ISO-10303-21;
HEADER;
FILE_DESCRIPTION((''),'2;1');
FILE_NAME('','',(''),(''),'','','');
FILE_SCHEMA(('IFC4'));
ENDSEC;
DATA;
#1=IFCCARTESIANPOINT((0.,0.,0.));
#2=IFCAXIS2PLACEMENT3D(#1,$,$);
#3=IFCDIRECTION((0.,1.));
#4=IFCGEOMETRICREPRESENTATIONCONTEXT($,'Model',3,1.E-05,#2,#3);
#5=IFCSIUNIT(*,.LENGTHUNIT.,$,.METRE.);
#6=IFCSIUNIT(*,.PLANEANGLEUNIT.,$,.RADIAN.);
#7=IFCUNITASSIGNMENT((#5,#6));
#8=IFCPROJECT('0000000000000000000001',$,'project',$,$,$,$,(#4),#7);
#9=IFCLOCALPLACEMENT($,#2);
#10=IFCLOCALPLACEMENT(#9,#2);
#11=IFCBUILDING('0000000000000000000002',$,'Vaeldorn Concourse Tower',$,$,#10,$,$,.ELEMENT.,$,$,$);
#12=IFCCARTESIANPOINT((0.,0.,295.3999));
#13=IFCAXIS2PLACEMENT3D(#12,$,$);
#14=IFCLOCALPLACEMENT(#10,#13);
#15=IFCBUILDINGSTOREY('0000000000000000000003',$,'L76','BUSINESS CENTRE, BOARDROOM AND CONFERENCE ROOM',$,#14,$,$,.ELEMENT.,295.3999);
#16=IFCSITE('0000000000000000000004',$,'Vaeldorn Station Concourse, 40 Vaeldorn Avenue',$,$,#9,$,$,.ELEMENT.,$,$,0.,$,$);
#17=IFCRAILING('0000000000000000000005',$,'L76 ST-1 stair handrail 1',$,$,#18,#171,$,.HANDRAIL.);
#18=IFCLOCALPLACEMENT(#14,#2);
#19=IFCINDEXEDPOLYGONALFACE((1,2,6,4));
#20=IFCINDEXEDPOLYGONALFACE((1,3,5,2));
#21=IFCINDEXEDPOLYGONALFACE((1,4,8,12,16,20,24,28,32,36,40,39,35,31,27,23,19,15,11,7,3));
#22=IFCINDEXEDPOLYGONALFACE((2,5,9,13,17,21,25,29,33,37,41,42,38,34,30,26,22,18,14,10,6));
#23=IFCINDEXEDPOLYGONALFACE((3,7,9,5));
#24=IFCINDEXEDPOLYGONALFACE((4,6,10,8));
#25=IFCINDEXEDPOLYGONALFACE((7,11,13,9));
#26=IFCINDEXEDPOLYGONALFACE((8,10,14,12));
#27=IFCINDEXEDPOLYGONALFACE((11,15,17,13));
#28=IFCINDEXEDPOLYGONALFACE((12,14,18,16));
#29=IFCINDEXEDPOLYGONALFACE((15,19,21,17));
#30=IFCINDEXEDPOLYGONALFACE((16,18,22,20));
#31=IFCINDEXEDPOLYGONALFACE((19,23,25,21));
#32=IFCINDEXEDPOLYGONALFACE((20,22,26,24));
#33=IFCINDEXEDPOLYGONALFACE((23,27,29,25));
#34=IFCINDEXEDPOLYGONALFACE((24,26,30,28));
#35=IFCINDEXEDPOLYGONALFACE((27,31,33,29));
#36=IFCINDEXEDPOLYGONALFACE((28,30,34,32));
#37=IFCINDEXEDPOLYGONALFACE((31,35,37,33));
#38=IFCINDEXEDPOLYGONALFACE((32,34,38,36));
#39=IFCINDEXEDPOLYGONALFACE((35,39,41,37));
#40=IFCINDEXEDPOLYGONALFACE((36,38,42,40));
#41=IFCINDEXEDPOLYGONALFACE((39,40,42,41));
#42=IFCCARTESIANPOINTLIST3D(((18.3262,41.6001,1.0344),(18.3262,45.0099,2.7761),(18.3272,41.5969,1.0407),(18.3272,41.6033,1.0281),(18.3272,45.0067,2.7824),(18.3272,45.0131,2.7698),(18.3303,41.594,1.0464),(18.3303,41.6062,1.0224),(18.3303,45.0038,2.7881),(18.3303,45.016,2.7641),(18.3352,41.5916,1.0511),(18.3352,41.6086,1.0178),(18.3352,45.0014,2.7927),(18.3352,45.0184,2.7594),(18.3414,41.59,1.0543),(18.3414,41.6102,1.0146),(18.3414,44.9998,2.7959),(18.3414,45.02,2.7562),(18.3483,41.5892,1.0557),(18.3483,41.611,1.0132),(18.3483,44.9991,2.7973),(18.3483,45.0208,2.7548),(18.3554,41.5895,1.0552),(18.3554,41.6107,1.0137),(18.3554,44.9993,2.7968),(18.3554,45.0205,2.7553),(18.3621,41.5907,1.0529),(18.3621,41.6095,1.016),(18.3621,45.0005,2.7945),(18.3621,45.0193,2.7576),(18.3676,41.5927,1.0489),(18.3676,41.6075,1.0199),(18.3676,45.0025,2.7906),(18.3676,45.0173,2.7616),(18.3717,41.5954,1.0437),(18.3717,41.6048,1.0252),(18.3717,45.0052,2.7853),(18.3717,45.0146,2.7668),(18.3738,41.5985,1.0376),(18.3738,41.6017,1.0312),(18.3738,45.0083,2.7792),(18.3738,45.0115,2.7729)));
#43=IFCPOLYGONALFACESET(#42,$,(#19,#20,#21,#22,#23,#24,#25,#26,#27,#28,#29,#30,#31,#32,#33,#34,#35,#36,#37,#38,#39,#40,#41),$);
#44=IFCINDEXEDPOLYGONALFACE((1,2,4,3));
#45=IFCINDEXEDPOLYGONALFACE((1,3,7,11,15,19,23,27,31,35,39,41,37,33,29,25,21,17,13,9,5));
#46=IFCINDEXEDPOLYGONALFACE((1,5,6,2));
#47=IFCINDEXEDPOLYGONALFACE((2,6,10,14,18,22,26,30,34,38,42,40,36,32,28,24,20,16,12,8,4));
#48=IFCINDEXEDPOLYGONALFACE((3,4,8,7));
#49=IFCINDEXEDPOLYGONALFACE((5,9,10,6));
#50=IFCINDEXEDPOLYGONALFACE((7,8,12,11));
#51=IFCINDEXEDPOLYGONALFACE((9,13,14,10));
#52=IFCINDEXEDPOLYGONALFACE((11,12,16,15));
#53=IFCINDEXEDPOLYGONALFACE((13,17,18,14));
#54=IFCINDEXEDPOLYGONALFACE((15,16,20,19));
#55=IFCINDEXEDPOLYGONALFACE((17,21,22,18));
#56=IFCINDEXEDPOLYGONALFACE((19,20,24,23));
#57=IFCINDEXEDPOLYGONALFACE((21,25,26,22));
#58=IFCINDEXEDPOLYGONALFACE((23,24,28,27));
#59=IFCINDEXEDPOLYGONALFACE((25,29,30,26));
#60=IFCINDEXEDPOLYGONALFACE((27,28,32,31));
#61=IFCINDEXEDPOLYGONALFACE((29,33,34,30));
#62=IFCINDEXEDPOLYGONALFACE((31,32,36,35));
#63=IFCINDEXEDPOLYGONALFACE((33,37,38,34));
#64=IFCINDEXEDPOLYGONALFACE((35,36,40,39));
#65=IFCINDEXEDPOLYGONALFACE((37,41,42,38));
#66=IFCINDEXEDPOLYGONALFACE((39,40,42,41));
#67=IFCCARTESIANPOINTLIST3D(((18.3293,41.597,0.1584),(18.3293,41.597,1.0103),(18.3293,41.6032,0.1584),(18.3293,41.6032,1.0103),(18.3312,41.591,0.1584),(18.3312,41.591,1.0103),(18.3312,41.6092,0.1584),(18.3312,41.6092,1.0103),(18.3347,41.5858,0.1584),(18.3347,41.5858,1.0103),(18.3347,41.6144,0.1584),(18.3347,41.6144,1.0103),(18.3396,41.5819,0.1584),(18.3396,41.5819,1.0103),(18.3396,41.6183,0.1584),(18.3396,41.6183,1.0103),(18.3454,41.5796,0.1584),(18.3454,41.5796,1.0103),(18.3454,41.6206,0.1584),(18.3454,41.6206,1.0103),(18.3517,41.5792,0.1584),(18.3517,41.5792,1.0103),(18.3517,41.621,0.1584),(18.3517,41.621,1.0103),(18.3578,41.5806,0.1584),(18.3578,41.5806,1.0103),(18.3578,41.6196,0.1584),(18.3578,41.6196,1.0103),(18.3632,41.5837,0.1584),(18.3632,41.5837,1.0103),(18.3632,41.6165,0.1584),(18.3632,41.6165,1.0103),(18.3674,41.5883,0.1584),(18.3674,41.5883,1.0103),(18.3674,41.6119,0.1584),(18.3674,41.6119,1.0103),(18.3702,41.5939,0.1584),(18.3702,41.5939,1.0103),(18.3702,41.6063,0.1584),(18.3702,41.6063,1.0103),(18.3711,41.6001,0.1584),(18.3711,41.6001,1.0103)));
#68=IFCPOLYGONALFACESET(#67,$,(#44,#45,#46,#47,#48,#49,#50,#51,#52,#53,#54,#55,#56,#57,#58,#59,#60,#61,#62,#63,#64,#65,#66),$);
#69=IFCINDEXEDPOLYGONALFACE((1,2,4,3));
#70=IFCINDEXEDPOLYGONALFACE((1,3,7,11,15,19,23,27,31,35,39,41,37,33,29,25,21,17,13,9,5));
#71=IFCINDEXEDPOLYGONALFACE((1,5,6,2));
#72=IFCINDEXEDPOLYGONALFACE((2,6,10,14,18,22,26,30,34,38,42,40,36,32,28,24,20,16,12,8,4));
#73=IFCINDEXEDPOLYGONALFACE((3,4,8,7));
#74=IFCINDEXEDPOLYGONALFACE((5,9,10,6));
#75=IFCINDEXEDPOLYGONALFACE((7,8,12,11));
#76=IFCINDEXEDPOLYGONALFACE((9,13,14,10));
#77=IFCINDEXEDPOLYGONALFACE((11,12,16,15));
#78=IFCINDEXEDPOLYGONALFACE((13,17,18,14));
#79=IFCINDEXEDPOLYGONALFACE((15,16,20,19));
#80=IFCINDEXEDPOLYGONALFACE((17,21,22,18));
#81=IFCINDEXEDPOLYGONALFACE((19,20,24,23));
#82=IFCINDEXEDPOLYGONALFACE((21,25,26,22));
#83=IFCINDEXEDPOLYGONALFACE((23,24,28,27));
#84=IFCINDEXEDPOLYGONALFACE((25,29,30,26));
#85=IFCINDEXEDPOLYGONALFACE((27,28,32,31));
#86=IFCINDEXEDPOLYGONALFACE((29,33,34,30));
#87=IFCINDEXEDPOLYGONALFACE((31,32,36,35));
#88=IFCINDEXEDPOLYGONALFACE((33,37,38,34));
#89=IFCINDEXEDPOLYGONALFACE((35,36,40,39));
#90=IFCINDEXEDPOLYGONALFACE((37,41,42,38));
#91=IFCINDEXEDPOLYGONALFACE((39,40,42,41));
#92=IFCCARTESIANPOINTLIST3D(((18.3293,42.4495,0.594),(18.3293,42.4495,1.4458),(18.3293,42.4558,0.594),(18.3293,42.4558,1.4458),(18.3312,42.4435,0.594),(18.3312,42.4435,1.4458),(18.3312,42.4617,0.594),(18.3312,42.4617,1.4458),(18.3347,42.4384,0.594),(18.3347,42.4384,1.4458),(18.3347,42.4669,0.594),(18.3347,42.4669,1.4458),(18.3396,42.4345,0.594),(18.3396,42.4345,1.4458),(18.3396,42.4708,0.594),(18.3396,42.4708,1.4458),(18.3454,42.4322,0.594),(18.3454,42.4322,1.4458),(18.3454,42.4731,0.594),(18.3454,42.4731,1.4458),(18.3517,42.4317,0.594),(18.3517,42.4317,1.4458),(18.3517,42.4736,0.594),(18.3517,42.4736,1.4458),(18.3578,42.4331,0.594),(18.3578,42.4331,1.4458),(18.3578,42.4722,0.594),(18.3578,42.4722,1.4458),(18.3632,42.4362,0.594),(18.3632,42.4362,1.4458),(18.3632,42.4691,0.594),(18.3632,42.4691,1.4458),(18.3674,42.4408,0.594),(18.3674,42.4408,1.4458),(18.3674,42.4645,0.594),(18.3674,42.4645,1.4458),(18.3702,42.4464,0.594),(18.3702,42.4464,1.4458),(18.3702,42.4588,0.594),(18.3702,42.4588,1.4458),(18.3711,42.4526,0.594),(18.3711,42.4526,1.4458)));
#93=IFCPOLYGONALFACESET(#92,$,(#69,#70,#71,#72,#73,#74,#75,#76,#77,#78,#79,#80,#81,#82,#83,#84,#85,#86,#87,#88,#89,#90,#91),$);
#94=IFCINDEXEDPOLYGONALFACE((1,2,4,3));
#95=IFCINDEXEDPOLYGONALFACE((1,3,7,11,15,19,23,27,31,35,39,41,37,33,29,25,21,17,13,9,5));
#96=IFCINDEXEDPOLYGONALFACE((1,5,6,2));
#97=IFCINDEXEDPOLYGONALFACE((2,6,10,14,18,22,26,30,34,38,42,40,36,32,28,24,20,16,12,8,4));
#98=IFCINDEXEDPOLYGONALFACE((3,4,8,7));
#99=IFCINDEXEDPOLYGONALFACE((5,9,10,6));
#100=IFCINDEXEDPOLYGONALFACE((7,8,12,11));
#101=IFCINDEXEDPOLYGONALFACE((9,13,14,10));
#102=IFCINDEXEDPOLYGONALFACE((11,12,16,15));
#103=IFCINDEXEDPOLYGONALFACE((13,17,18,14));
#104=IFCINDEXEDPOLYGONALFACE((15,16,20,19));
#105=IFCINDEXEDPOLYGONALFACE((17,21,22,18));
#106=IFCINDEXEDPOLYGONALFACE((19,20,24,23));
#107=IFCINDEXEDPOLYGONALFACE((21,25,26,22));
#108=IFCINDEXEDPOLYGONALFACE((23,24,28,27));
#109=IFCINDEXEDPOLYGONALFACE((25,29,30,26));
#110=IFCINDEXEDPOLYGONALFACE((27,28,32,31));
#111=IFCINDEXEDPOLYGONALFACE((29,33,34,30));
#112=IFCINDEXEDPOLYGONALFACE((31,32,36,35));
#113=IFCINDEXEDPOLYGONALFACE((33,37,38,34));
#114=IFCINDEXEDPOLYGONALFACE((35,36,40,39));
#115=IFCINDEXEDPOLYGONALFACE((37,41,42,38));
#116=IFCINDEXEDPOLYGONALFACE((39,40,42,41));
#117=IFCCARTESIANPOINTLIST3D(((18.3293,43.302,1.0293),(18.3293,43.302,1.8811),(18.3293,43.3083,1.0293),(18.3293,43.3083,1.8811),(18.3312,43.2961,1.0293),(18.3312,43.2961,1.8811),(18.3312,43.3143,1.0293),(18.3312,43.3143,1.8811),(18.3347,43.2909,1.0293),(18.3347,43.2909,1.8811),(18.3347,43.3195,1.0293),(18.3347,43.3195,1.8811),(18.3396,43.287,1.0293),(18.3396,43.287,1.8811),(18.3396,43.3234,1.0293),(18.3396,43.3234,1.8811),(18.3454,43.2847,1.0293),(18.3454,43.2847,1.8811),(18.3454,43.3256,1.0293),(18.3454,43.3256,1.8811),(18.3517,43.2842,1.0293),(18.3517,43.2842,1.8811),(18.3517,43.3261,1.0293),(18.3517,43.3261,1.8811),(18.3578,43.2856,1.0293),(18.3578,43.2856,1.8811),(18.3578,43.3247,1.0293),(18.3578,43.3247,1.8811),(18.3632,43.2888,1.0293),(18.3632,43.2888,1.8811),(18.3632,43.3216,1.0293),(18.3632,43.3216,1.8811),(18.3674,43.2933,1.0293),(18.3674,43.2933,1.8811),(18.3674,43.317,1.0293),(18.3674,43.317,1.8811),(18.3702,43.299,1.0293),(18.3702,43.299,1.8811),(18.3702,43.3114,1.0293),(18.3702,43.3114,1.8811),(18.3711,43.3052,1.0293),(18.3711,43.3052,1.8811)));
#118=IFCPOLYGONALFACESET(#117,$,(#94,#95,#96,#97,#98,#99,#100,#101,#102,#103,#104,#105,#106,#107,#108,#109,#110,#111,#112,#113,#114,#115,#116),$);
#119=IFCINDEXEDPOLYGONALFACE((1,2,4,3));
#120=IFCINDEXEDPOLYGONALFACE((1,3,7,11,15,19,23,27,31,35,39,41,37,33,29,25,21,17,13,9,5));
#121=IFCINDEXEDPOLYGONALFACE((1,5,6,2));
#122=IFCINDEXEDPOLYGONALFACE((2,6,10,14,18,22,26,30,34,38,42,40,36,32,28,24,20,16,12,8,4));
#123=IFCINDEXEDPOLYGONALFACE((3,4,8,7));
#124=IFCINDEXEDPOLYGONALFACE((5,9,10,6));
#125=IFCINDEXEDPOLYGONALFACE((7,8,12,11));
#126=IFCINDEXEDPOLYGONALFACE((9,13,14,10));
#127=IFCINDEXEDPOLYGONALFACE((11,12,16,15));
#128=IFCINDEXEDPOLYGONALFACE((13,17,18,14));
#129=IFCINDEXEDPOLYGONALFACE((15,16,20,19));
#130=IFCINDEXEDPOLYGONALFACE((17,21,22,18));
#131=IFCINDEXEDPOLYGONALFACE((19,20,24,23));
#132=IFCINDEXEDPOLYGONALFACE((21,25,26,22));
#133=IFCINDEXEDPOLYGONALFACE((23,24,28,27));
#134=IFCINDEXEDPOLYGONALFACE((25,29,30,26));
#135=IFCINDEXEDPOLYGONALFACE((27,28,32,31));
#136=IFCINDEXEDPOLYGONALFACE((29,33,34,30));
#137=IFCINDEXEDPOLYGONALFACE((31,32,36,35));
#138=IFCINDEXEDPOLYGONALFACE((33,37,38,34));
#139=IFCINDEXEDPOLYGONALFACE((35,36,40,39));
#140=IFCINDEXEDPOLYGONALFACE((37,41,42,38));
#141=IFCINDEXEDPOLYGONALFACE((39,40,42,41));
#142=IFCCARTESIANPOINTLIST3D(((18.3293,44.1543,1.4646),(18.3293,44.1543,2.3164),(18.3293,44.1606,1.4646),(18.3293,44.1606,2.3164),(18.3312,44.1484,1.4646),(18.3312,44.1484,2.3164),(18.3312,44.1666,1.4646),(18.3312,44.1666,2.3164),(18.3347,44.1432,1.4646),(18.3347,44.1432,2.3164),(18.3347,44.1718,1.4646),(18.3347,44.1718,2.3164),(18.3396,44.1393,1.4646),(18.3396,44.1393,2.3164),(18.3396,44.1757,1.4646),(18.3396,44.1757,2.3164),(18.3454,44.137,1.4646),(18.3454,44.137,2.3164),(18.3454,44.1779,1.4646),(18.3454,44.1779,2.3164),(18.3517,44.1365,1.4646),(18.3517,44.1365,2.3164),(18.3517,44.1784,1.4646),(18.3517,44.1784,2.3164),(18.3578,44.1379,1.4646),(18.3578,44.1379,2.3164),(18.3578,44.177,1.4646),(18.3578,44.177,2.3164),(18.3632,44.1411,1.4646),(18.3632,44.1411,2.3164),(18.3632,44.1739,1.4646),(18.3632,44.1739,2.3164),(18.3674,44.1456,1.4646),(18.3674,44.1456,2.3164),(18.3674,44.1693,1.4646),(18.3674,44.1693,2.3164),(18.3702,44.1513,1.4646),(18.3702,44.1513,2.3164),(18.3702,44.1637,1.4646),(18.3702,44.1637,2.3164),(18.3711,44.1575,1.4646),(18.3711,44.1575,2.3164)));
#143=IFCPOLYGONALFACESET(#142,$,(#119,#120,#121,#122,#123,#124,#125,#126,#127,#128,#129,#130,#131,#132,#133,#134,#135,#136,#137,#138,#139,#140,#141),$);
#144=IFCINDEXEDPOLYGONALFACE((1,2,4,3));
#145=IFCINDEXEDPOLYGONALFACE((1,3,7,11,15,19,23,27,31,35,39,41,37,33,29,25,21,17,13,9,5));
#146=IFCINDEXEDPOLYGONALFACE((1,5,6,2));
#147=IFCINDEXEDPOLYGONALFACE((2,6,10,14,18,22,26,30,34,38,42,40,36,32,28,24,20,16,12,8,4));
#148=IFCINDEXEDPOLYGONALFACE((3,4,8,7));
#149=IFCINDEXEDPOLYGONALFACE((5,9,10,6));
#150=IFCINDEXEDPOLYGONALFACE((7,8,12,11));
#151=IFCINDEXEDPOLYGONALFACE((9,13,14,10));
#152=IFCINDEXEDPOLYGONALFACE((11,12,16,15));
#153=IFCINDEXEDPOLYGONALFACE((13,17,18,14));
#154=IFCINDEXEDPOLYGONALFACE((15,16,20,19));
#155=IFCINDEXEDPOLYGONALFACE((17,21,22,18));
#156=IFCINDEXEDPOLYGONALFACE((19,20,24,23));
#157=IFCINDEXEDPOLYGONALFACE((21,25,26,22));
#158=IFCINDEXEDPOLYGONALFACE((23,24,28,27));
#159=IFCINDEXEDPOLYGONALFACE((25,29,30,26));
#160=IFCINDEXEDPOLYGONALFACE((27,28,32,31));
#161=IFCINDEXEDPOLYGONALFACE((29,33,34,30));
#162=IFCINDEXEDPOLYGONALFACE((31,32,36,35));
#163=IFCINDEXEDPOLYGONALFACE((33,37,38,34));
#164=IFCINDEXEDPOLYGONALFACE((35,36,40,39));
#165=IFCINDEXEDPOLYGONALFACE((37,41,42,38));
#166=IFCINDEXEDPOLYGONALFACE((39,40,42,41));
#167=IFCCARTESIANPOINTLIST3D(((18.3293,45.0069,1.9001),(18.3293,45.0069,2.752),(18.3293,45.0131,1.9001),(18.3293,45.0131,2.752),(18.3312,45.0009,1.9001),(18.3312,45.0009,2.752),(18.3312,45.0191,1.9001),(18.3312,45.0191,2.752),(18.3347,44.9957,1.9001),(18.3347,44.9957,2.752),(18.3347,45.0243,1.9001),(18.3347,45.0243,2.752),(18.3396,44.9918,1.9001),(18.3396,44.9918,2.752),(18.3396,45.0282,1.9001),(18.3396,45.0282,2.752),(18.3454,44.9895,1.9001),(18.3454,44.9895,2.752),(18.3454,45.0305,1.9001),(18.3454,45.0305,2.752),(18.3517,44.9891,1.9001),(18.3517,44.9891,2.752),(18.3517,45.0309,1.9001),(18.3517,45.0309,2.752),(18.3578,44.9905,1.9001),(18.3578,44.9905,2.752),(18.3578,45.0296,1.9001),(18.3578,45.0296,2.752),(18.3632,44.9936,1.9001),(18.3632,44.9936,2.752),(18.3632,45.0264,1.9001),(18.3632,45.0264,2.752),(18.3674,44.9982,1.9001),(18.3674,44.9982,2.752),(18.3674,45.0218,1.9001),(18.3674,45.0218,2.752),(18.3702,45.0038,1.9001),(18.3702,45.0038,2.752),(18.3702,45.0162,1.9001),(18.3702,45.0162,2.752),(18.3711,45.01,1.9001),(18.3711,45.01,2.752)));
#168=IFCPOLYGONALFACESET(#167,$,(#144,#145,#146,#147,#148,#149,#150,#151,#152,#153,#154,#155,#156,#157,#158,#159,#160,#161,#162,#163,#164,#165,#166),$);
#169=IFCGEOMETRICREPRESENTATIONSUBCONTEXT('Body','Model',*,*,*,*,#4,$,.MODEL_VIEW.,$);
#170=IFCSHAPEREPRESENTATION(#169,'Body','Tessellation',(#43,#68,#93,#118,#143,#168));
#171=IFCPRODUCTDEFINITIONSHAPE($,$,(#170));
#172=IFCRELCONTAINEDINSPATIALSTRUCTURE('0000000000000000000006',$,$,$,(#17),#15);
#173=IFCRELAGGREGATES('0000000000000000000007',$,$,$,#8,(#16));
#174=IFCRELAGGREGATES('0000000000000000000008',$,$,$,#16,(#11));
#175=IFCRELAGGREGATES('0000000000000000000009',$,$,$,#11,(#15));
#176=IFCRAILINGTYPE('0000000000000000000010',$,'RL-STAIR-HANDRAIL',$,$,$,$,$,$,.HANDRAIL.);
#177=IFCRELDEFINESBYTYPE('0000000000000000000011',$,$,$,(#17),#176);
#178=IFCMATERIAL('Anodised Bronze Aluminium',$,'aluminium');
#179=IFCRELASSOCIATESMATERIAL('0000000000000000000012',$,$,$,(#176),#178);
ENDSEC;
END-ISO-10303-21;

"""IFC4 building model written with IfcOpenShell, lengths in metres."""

from ifc_helpers import new_model, si_unit, direction, frame, origin, origin_2d, place, context, subcontext, project, spatial, circle, extrude, material, type_object, element, save


model = new_model("IFC4")

# Units and contexts
model_context = context("Model", 3, precision=1e-05, world=origin(), true_north=direction((0.0, 1.0)))
body_context = subcontext(model_context, "Body", "Model", "MODEL_VIEW")
ifc_project = project(units=[si_unit("LENGTHUNIT", "METRE"), si_unit("PLANEANGLEUNIT", "RADIAN")], contexts=[model_context])

# Site, building, storey
site_placement = place(None, origin())
site = spatial("IfcSite", under=ifc_project, at=site_placement, Name="Vaeldorn Station Concourse, 40 Vaeldorn Avenue", CompositionType="ELEMENT", RefElevation=0.0)
building_placement = place(site_placement, origin())
building = spatial("IfcBuilding", under=site, at=building_placement, Name="Vaeldorn Concourse Tower", CompositionType="ELEMENT")
storey_placement = place(building_placement, frame((0.0, 0.0, 295.3999)))
storey = spatial("IfcBuildingStorey", under=building, at=storey_placement, Name="L76", Description="BUSINESS CENTRE, BOARDROOM AND CONFERENCE ROOM", CompositionType="ELEMENT", Elevation=295.3999)

# Shared definitions
ifc_material_1 = material(Name="Anodised Bronze Aluminium", Category="aluminium")

# Railing
railing_type_1 = type_object("IfcRailingType", Name="RL-STAIR-HANDRAIL", PredefinedType="HANDRAIL", material=ifc_material_1)
railing_1_placement = place(storey_placement, frame((18.3501, 41.6001, 0.1584)))
element("IfcRailing", 1, at=railing_1_placement, inside=storey, type_object=railing_type_1, Name="L76 ST-1 stair handrail 1", PredefinedType="HANDRAIL", context=body_context, shape_type="SweptSolid", body=[
    extrude(circle(Radius=0.0239, at=origin_2d()), frame((0.0, 0.0, 0.876), z_axis=(0.0, 0.890556, 0.454874), x_axis=(-1.0, 0.0, 0.0)), (0.0, 0.0, 1.0), 3.8289),
    extrude(circle(Radius=0.021, at=origin_2d()), origin(), (0.0, 0.0, 1.0), 0.8518),
    extrude(circle(Radius=0.021, at=origin_2d()), frame((0.0, 0.8525, 0.4355)), (0.0, 0.0, 1.0), 0.8518),
    extrude(circle(Radius=0.021, at=origin_2d()), frame((0.0, 1.7051, 0.8708)), (0.0, 0.0, 1.0), 0.8518),
    extrude(circle(Radius=0.021, at=origin_2d()), frame((0.0, 2.5574, 1.3062)), (0.0, 0.0, 1.0), 0.8518),
    extrude(circle(Radius=0.021, at=origin_2d()), frame((0.0, 3.4099, 1.7417)), (0.0, 0.0, 1.0), 0.8518),
])

save(model, "model.ifc")
